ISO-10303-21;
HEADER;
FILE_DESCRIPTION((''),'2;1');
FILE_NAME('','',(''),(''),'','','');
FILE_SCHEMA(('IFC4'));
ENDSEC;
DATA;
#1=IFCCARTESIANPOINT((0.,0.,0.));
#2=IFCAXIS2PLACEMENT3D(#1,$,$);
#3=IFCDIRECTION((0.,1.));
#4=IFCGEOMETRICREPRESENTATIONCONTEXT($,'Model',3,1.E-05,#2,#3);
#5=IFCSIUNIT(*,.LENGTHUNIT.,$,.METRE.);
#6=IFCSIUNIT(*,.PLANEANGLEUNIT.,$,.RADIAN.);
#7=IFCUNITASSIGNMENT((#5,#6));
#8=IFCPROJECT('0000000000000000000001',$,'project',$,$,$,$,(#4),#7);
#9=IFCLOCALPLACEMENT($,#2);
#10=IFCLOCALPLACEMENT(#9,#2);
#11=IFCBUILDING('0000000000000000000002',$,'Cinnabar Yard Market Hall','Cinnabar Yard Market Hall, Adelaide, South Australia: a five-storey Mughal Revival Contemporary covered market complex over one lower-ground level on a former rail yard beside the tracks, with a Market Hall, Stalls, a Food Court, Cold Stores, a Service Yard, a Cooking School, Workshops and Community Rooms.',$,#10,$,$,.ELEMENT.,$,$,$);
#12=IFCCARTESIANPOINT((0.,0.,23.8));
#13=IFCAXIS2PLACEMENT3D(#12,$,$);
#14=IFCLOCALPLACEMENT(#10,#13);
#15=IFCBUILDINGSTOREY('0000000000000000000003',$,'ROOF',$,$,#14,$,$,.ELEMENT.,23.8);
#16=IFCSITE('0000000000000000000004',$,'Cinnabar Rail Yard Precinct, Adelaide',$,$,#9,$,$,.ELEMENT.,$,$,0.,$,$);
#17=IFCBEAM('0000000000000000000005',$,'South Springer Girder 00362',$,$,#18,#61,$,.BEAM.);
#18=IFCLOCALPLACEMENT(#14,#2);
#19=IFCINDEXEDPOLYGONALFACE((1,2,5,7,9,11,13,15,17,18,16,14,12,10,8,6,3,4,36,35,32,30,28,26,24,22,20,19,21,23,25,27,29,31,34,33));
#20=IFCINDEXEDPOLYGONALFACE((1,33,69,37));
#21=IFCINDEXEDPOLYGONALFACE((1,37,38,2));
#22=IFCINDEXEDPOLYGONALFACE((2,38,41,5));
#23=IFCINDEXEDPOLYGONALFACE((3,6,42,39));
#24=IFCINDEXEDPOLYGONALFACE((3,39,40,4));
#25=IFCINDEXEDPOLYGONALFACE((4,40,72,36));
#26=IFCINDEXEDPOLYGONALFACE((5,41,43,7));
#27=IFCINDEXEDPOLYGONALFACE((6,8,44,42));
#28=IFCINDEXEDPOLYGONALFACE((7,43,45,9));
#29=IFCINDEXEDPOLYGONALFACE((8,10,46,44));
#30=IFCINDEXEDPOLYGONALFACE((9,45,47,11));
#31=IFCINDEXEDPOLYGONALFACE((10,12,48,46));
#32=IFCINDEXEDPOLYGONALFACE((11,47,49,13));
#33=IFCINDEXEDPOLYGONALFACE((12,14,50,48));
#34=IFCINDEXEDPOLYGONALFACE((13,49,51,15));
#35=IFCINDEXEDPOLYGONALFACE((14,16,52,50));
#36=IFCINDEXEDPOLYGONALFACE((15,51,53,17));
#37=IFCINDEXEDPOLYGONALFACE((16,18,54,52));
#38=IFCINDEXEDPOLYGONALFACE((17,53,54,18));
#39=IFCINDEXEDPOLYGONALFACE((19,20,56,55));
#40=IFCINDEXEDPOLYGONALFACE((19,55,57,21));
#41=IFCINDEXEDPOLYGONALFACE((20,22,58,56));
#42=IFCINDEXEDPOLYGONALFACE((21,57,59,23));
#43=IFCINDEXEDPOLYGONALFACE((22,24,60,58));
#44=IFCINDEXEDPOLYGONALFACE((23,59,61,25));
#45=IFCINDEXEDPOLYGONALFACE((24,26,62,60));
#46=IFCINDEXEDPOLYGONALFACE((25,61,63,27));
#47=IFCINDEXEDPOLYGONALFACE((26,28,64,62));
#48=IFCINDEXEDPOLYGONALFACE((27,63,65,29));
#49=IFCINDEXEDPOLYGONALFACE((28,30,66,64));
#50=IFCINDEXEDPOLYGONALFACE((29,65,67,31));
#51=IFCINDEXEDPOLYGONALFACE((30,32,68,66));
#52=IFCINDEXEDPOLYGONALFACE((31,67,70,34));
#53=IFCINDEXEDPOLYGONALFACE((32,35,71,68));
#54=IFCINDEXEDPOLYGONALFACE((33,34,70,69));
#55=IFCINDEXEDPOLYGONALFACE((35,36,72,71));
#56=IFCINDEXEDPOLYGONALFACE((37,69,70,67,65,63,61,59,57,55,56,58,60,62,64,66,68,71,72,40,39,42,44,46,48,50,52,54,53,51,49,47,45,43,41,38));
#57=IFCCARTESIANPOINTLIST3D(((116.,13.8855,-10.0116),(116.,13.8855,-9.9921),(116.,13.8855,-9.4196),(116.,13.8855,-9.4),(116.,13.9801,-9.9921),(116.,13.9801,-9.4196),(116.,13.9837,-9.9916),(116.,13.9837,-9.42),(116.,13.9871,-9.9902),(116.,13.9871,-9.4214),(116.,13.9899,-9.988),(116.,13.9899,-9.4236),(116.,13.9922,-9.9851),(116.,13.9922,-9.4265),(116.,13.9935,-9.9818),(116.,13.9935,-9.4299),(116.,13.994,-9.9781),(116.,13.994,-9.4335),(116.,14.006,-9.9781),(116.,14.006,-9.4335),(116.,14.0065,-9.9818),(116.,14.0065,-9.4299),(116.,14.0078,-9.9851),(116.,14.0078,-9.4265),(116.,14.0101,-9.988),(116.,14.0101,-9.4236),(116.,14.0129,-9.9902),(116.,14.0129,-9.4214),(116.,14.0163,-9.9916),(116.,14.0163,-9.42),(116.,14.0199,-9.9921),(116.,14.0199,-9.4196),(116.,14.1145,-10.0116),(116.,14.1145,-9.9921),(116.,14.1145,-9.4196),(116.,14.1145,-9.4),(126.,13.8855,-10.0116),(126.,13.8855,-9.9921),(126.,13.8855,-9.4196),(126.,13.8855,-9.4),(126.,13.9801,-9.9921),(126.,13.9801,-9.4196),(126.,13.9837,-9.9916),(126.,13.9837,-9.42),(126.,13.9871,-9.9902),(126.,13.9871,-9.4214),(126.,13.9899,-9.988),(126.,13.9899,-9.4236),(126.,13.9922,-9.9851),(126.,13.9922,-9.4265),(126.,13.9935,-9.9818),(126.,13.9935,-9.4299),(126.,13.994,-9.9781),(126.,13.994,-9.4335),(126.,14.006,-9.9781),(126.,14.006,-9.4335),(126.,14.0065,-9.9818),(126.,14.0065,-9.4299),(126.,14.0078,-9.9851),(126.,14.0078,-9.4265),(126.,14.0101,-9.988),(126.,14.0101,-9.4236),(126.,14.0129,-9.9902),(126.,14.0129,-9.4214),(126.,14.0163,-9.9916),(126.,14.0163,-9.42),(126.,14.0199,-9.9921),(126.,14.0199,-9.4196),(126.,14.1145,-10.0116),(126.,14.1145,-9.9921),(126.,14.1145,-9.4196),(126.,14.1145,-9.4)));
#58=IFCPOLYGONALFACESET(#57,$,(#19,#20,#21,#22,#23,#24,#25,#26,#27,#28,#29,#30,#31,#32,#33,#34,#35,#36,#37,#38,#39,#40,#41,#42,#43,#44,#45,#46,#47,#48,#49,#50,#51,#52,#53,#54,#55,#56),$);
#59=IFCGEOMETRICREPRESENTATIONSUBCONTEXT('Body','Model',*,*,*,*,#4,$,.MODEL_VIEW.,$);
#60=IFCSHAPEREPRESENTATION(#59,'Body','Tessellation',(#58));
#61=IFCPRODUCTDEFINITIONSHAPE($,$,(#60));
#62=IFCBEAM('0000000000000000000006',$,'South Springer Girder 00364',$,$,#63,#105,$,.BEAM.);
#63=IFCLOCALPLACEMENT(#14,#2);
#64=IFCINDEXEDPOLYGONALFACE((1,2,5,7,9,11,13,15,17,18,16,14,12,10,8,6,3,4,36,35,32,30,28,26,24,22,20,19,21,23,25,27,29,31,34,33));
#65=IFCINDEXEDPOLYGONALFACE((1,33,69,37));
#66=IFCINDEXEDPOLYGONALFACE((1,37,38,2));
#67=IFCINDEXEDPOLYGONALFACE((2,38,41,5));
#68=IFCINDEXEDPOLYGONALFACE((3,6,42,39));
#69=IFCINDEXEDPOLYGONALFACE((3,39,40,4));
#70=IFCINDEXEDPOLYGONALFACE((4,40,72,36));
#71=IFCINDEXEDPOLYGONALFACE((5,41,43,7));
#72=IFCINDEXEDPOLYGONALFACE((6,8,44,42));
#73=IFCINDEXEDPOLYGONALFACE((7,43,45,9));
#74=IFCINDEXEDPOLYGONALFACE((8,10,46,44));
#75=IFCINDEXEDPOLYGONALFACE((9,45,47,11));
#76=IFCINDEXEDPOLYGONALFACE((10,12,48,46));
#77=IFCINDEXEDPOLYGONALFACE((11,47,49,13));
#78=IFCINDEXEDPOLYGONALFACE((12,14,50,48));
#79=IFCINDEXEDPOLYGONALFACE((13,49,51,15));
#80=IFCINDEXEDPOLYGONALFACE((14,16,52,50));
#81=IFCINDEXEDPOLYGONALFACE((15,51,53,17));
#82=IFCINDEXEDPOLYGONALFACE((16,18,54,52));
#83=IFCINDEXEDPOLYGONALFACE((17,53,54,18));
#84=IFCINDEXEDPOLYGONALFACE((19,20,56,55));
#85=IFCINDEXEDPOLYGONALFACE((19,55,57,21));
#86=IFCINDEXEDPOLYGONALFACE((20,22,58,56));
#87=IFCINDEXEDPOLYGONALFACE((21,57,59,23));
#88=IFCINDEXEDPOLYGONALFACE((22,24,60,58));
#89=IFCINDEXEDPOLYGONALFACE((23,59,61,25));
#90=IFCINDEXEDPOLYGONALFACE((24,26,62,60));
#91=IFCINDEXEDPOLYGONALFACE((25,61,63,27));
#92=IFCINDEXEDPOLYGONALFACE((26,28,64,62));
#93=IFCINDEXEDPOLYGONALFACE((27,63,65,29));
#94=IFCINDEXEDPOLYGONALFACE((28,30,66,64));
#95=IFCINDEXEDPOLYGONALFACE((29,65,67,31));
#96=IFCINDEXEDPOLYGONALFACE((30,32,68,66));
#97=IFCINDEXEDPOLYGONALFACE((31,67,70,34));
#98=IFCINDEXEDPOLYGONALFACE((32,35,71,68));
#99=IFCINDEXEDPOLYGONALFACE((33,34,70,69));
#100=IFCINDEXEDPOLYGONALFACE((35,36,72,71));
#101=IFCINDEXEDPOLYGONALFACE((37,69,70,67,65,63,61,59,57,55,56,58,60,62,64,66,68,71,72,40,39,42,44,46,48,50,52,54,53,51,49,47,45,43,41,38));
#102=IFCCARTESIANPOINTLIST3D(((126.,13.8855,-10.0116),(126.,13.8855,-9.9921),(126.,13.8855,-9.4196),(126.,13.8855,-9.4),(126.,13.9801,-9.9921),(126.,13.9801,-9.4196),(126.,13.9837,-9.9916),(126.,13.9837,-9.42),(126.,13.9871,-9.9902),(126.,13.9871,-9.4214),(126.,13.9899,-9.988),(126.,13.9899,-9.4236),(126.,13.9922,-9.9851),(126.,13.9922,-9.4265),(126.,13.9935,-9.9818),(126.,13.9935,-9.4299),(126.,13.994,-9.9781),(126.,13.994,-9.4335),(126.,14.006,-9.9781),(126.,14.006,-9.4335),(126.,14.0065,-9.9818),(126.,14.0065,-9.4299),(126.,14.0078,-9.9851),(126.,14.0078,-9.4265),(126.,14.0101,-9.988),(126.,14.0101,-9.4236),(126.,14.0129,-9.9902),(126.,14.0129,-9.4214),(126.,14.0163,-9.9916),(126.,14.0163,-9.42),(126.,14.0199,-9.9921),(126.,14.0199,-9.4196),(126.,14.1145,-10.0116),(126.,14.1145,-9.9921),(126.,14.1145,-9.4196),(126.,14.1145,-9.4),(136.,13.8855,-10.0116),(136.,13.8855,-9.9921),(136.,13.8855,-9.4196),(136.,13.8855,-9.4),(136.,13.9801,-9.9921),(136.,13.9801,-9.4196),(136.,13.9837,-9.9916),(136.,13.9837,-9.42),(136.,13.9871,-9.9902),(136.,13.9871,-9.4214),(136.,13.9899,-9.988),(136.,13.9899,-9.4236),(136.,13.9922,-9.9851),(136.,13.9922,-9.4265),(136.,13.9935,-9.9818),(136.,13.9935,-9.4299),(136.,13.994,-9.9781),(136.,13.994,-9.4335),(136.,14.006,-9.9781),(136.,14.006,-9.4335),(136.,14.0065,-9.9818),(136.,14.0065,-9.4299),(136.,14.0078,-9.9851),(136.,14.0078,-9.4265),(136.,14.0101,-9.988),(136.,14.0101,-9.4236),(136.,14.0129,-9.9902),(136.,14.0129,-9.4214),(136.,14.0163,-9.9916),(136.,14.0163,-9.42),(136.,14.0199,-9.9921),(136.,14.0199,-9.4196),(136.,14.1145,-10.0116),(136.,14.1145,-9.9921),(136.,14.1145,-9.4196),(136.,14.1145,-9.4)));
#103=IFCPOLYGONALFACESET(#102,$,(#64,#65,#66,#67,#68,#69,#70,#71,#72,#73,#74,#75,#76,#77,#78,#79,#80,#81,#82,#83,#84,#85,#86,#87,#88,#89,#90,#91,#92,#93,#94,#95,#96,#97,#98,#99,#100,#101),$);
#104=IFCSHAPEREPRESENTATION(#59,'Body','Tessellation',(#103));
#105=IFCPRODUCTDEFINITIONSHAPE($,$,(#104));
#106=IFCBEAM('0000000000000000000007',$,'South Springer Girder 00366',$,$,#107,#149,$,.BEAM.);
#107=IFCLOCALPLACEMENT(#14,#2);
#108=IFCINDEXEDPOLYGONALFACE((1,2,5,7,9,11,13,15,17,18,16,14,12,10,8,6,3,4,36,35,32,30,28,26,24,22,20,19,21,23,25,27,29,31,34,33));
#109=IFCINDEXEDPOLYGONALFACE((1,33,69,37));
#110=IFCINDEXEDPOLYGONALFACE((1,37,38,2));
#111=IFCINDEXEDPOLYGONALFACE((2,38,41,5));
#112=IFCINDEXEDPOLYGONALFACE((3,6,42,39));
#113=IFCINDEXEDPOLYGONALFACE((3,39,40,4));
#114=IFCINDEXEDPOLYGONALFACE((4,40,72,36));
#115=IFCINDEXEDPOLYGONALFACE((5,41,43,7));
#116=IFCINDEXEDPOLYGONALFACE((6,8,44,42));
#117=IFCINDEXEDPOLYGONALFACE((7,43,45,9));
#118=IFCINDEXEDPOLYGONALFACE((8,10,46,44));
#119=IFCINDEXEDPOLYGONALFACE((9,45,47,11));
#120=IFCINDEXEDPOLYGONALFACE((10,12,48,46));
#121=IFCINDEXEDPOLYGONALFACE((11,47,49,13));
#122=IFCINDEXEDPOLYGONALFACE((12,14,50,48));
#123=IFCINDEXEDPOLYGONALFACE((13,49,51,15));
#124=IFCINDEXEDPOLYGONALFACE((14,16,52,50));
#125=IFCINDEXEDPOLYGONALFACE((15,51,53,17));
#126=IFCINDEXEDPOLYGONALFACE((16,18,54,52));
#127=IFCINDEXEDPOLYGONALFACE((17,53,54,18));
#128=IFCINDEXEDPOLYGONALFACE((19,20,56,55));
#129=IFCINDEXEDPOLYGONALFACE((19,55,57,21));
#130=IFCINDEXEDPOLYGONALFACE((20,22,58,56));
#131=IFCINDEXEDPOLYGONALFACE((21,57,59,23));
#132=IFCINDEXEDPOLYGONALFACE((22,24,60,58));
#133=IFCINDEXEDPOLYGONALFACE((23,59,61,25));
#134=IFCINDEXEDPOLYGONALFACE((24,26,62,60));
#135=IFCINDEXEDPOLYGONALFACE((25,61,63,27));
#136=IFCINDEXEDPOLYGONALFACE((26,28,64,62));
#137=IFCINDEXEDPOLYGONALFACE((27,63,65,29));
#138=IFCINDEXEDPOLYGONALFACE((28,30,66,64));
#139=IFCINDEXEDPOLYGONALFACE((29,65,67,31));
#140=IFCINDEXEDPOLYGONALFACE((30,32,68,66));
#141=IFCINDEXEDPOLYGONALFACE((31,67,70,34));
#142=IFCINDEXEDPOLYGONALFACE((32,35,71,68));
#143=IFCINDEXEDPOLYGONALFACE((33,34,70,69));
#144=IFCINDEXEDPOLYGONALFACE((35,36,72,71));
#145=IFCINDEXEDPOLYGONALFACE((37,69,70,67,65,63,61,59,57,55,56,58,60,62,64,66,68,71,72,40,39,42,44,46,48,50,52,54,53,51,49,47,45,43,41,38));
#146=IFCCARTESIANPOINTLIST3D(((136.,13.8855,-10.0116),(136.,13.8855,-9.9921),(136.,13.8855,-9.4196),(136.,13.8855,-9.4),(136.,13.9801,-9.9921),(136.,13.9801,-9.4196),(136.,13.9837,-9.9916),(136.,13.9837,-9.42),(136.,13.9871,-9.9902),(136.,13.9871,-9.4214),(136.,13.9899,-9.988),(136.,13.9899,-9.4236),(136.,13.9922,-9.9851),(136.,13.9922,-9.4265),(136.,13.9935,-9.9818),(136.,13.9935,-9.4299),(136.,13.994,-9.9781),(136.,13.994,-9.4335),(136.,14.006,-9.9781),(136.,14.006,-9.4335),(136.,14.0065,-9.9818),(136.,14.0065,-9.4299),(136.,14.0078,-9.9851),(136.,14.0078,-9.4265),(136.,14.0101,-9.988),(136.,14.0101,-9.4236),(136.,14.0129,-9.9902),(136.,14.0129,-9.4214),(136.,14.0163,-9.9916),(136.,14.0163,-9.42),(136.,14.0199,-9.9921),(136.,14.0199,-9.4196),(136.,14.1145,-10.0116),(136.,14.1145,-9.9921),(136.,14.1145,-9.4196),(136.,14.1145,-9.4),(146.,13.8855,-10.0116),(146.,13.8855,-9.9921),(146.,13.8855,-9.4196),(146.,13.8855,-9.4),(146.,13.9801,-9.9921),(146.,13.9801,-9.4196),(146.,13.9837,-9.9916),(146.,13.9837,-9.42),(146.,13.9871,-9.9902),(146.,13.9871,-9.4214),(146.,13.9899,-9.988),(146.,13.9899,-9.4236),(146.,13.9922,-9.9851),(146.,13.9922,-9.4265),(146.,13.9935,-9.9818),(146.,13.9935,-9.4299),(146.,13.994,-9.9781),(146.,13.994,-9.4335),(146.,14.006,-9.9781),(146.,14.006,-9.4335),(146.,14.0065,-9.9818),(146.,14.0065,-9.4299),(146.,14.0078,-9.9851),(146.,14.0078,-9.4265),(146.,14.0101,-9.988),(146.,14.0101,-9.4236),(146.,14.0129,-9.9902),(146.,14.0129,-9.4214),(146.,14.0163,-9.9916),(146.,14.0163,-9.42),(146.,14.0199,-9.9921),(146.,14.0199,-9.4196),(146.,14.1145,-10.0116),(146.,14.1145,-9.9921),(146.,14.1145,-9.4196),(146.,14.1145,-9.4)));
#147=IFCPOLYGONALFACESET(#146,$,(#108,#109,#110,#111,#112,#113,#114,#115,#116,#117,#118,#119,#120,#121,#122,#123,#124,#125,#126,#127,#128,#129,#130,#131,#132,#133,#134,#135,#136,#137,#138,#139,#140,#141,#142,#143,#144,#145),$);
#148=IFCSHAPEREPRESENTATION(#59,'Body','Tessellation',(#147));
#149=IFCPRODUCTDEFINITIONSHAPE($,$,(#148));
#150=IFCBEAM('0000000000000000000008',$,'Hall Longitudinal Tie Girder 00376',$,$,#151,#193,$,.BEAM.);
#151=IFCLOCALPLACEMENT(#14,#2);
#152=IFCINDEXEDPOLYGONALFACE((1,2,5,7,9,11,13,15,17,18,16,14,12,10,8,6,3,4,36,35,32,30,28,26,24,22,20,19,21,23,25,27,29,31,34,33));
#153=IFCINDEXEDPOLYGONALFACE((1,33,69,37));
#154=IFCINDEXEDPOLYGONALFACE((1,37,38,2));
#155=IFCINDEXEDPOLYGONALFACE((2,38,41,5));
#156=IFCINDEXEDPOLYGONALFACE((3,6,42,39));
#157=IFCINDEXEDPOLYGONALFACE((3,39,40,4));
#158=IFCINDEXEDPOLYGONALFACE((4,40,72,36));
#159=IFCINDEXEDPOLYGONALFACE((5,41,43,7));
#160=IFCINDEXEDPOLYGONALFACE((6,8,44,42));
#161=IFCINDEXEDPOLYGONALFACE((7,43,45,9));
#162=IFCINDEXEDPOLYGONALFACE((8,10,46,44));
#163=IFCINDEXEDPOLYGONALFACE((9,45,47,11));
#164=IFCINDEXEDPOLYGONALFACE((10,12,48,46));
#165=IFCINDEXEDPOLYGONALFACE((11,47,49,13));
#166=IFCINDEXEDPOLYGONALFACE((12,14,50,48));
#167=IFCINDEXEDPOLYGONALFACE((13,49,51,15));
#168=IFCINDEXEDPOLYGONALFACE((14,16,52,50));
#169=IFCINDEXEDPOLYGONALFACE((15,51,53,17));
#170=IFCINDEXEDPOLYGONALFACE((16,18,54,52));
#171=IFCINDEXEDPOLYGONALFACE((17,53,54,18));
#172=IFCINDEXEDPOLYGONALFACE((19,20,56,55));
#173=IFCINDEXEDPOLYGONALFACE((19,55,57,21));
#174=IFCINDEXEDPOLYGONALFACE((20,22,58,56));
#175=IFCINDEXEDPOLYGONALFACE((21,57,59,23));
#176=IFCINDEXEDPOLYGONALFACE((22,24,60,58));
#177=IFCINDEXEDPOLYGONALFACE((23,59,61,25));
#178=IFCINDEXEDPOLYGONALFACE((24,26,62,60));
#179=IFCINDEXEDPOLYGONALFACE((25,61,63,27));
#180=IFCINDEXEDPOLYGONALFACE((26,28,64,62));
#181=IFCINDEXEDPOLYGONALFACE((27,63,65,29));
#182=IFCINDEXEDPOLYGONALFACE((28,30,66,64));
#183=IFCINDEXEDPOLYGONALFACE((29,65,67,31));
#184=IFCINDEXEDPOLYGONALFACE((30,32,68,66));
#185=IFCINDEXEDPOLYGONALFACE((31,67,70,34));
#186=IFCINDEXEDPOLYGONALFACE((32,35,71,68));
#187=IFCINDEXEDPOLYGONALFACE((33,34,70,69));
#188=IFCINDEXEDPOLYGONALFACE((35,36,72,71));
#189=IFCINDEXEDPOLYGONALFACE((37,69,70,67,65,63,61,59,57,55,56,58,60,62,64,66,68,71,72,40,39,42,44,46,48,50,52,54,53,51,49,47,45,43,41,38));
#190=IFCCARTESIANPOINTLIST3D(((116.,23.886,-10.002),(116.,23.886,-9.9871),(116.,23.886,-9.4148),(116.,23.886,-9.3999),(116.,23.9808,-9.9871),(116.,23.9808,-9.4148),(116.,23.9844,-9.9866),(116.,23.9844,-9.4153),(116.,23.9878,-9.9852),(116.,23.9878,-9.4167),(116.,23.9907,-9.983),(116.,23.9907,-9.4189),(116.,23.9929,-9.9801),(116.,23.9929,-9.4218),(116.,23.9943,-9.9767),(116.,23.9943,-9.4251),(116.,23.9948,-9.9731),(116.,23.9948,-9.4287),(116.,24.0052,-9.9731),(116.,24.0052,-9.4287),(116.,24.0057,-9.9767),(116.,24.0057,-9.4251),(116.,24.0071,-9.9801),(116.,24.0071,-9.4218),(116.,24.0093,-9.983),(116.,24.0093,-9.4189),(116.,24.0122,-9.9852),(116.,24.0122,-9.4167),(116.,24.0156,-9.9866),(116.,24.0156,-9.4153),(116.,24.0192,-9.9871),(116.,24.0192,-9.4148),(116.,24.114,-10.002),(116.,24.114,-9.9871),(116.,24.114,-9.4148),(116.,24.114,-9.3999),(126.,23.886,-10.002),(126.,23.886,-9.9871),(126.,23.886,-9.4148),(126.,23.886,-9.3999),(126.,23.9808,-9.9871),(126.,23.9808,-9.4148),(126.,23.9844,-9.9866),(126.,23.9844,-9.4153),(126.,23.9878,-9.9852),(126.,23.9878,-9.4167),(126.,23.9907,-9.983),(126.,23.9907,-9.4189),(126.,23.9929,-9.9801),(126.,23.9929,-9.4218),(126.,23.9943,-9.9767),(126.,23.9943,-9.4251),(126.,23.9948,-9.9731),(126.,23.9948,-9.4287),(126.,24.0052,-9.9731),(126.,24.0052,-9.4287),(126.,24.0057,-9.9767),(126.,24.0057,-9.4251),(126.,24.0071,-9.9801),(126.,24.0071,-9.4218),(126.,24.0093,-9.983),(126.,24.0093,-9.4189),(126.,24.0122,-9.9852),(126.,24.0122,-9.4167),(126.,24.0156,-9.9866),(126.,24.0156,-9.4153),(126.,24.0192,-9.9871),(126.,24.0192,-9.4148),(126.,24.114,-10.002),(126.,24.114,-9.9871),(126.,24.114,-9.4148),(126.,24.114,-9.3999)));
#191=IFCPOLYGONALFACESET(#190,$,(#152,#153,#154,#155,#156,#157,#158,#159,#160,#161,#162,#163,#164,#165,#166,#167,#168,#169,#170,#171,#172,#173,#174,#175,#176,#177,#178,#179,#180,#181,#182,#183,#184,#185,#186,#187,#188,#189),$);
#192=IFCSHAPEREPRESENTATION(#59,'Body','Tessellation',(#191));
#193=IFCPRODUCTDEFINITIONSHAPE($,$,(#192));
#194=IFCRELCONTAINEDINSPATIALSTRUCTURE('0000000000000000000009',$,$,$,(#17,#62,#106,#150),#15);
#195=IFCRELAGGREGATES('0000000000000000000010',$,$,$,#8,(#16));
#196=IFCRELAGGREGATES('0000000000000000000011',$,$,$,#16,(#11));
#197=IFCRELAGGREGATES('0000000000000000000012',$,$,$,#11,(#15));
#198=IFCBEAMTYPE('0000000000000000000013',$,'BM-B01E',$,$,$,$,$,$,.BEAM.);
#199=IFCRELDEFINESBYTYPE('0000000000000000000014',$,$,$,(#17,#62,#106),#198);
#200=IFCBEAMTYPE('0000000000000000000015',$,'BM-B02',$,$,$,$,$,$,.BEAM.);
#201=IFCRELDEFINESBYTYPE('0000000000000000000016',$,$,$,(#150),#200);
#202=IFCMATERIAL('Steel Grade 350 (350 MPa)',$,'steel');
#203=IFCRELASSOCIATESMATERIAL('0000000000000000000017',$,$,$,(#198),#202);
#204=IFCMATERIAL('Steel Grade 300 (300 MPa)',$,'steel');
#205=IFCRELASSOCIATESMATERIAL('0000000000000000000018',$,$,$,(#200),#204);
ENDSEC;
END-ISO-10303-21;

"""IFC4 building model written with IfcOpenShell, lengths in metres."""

from ifc_helpers import new_model, si_unit, direction, frame, origin, origin_2d_with_axis, place, context, subcontext, project, spatial, i_section, extrude, material, material_profile, profile_set, type_object, element, save


model = new_model("IFC4")

# Units and contexts
model_context = context("Model", 3, precision=1e-05, world=origin(), true_north=direction((0.0, 1.0)))
body_context = subcontext(model_context, "Body", "Model", "MODEL_VIEW")
ifc_project = project(units=[si_unit("LENGTHUNIT", "METRE"), si_unit("PLANEANGLEUNIT", "RADIAN")], contexts=[model_context])

# Site, building, storey
site_placement = place(None, origin())
site = spatial("IfcSite", under=ifc_project, at=site_placement, Name="Cinnabar Rail Yard Precinct, Adelaide", CompositionType="ELEMENT", RefElevation=0.0)
building_placement = place(site_placement, origin())
building = spatial("IfcBuilding", under=site, at=building_placement, Name="Cinnabar Yard Market Hall", Description="Cinnabar Yard Market Hall, Adelaide, South Australia: a five-storey Mughal Revival Contemporary covered market complex over one lower-ground level on a former rail yard beside the tracks, with a Market Hall, Stalls, a Food Court, Cold Stores, a Service Yard, a Cooking School, Workshops and Community Rooms.", CompositionType="ELEMENT")
storey_placement = place(building_placement, frame((0.0, 0.0, 23.8)))
storey = spatial("IfcBuildingStorey", under=building, at=storey_placement, Name="ROOF", CompositionType="ELEMENT", Elevation=23.8)

# Beams
ifc_material_1 = material(Name="Steel Grade 350 (350 MPa)", Category="steel")
ifc_material_profile_1 = material_profile(ifc_material_1, i_section(OverallWidth=0.229, OverallDepth=0.6116, WebThickness=0.012, FlangeThickness=0.0195, FilletRadius=0.0139, at=origin_2d_with_axis()), Name="610UB125")
ifc_profile_set_1 = profile_set([ifc_material_profile_1], Name="Steel Grade 350 (350 MPa)")
beam_type_1 = type_object("IfcBeamType", Name="BM-B01E", PredefinedType="BEAM", material=ifc_profile_set_1)
for number, where, z_axis, x_axis, name in (
    (1, (116.0, 14.0, -9.7058), (1.0, 0.0, 0.0), (0.0, 1.0, 0.0), "South Springer Girder 00362"),
    (2, (126.0, 14.0, -9.7058), (1.0, 0.0, 0.0), (0.0, 1.0, 0.0), "South Springer Girder 00364"),
    (3, (136.0, 14.0, -9.7058), (1.0, 0.0, 0.0), (0.0, 1.0, 0.0), "South Springer Girder 00366"),
):
    element("IfcBeam", number, at=place(storey_placement, frame(where, z_axis=z_axis, x_axis=x_axis)), inside=storey, type_object=beam_type_1, Name=name, PredefinedType="BEAM", context=body_context, shape_type="SweptSolid", body=[
        extrude(i_section(OverallWidth=0.229, OverallDepth=0.6116, WebThickness=0.012, FlangeThickness=0.0195, FilletRadius=0.0139, at=origin_2d_with_axis()), origin(), (0.0, 0.0, 1.0), 10.0),
    ])
ifc_material_2 = material(Name="Steel Grade 300 (300 MPa)", Category="steel")
ifc_material_profile_2 = material_profile(ifc_material_2, i_section(OverallWidth=0.228, OverallDepth=0.6021, WebThickness=0.0105, FlangeThickness=0.0149, FilletRadius=0.0139, at=origin_2d_with_axis()), Name="610UB101")
ifc_profile_set_2 = profile_set([ifc_material_profile_2], Name="Steel Grade 300 (300 MPa)")
beam_type_2 = type_object("IfcBeamType", Name="BM-B02", PredefinedType="BEAM", material=ifc_profile_set_2)
for number, where, z_axis, x_axis, name in (
    (4, (116.0, 24.0, -9.7009), (1.0, 0.0, 0.0), (0.0, 1.0, 0.0), "Hall Longitudinal Tie Girder 00376"),
):
    element("IfcBeam", number, at=place(storey_placement, frame(where, z_axis=z_axis, x_axis=x_axis)), inside=storey, type_object=beam_type_2, Name=name, PredefinedType="BEAM", context=body_context, shape_type="SweptSolid", body=[
        extrude(i_section(OverallWidth=0.228, OverallDepth=0.6021, WebThickness=0.0105, FlangeThickness=0.0149, FilletRadius=0.0139, at=origin_2d_with_axis()), origin(), (0.0, 0.0, 1.0), 10.0),
    ])

save(model, "model.ifc")
